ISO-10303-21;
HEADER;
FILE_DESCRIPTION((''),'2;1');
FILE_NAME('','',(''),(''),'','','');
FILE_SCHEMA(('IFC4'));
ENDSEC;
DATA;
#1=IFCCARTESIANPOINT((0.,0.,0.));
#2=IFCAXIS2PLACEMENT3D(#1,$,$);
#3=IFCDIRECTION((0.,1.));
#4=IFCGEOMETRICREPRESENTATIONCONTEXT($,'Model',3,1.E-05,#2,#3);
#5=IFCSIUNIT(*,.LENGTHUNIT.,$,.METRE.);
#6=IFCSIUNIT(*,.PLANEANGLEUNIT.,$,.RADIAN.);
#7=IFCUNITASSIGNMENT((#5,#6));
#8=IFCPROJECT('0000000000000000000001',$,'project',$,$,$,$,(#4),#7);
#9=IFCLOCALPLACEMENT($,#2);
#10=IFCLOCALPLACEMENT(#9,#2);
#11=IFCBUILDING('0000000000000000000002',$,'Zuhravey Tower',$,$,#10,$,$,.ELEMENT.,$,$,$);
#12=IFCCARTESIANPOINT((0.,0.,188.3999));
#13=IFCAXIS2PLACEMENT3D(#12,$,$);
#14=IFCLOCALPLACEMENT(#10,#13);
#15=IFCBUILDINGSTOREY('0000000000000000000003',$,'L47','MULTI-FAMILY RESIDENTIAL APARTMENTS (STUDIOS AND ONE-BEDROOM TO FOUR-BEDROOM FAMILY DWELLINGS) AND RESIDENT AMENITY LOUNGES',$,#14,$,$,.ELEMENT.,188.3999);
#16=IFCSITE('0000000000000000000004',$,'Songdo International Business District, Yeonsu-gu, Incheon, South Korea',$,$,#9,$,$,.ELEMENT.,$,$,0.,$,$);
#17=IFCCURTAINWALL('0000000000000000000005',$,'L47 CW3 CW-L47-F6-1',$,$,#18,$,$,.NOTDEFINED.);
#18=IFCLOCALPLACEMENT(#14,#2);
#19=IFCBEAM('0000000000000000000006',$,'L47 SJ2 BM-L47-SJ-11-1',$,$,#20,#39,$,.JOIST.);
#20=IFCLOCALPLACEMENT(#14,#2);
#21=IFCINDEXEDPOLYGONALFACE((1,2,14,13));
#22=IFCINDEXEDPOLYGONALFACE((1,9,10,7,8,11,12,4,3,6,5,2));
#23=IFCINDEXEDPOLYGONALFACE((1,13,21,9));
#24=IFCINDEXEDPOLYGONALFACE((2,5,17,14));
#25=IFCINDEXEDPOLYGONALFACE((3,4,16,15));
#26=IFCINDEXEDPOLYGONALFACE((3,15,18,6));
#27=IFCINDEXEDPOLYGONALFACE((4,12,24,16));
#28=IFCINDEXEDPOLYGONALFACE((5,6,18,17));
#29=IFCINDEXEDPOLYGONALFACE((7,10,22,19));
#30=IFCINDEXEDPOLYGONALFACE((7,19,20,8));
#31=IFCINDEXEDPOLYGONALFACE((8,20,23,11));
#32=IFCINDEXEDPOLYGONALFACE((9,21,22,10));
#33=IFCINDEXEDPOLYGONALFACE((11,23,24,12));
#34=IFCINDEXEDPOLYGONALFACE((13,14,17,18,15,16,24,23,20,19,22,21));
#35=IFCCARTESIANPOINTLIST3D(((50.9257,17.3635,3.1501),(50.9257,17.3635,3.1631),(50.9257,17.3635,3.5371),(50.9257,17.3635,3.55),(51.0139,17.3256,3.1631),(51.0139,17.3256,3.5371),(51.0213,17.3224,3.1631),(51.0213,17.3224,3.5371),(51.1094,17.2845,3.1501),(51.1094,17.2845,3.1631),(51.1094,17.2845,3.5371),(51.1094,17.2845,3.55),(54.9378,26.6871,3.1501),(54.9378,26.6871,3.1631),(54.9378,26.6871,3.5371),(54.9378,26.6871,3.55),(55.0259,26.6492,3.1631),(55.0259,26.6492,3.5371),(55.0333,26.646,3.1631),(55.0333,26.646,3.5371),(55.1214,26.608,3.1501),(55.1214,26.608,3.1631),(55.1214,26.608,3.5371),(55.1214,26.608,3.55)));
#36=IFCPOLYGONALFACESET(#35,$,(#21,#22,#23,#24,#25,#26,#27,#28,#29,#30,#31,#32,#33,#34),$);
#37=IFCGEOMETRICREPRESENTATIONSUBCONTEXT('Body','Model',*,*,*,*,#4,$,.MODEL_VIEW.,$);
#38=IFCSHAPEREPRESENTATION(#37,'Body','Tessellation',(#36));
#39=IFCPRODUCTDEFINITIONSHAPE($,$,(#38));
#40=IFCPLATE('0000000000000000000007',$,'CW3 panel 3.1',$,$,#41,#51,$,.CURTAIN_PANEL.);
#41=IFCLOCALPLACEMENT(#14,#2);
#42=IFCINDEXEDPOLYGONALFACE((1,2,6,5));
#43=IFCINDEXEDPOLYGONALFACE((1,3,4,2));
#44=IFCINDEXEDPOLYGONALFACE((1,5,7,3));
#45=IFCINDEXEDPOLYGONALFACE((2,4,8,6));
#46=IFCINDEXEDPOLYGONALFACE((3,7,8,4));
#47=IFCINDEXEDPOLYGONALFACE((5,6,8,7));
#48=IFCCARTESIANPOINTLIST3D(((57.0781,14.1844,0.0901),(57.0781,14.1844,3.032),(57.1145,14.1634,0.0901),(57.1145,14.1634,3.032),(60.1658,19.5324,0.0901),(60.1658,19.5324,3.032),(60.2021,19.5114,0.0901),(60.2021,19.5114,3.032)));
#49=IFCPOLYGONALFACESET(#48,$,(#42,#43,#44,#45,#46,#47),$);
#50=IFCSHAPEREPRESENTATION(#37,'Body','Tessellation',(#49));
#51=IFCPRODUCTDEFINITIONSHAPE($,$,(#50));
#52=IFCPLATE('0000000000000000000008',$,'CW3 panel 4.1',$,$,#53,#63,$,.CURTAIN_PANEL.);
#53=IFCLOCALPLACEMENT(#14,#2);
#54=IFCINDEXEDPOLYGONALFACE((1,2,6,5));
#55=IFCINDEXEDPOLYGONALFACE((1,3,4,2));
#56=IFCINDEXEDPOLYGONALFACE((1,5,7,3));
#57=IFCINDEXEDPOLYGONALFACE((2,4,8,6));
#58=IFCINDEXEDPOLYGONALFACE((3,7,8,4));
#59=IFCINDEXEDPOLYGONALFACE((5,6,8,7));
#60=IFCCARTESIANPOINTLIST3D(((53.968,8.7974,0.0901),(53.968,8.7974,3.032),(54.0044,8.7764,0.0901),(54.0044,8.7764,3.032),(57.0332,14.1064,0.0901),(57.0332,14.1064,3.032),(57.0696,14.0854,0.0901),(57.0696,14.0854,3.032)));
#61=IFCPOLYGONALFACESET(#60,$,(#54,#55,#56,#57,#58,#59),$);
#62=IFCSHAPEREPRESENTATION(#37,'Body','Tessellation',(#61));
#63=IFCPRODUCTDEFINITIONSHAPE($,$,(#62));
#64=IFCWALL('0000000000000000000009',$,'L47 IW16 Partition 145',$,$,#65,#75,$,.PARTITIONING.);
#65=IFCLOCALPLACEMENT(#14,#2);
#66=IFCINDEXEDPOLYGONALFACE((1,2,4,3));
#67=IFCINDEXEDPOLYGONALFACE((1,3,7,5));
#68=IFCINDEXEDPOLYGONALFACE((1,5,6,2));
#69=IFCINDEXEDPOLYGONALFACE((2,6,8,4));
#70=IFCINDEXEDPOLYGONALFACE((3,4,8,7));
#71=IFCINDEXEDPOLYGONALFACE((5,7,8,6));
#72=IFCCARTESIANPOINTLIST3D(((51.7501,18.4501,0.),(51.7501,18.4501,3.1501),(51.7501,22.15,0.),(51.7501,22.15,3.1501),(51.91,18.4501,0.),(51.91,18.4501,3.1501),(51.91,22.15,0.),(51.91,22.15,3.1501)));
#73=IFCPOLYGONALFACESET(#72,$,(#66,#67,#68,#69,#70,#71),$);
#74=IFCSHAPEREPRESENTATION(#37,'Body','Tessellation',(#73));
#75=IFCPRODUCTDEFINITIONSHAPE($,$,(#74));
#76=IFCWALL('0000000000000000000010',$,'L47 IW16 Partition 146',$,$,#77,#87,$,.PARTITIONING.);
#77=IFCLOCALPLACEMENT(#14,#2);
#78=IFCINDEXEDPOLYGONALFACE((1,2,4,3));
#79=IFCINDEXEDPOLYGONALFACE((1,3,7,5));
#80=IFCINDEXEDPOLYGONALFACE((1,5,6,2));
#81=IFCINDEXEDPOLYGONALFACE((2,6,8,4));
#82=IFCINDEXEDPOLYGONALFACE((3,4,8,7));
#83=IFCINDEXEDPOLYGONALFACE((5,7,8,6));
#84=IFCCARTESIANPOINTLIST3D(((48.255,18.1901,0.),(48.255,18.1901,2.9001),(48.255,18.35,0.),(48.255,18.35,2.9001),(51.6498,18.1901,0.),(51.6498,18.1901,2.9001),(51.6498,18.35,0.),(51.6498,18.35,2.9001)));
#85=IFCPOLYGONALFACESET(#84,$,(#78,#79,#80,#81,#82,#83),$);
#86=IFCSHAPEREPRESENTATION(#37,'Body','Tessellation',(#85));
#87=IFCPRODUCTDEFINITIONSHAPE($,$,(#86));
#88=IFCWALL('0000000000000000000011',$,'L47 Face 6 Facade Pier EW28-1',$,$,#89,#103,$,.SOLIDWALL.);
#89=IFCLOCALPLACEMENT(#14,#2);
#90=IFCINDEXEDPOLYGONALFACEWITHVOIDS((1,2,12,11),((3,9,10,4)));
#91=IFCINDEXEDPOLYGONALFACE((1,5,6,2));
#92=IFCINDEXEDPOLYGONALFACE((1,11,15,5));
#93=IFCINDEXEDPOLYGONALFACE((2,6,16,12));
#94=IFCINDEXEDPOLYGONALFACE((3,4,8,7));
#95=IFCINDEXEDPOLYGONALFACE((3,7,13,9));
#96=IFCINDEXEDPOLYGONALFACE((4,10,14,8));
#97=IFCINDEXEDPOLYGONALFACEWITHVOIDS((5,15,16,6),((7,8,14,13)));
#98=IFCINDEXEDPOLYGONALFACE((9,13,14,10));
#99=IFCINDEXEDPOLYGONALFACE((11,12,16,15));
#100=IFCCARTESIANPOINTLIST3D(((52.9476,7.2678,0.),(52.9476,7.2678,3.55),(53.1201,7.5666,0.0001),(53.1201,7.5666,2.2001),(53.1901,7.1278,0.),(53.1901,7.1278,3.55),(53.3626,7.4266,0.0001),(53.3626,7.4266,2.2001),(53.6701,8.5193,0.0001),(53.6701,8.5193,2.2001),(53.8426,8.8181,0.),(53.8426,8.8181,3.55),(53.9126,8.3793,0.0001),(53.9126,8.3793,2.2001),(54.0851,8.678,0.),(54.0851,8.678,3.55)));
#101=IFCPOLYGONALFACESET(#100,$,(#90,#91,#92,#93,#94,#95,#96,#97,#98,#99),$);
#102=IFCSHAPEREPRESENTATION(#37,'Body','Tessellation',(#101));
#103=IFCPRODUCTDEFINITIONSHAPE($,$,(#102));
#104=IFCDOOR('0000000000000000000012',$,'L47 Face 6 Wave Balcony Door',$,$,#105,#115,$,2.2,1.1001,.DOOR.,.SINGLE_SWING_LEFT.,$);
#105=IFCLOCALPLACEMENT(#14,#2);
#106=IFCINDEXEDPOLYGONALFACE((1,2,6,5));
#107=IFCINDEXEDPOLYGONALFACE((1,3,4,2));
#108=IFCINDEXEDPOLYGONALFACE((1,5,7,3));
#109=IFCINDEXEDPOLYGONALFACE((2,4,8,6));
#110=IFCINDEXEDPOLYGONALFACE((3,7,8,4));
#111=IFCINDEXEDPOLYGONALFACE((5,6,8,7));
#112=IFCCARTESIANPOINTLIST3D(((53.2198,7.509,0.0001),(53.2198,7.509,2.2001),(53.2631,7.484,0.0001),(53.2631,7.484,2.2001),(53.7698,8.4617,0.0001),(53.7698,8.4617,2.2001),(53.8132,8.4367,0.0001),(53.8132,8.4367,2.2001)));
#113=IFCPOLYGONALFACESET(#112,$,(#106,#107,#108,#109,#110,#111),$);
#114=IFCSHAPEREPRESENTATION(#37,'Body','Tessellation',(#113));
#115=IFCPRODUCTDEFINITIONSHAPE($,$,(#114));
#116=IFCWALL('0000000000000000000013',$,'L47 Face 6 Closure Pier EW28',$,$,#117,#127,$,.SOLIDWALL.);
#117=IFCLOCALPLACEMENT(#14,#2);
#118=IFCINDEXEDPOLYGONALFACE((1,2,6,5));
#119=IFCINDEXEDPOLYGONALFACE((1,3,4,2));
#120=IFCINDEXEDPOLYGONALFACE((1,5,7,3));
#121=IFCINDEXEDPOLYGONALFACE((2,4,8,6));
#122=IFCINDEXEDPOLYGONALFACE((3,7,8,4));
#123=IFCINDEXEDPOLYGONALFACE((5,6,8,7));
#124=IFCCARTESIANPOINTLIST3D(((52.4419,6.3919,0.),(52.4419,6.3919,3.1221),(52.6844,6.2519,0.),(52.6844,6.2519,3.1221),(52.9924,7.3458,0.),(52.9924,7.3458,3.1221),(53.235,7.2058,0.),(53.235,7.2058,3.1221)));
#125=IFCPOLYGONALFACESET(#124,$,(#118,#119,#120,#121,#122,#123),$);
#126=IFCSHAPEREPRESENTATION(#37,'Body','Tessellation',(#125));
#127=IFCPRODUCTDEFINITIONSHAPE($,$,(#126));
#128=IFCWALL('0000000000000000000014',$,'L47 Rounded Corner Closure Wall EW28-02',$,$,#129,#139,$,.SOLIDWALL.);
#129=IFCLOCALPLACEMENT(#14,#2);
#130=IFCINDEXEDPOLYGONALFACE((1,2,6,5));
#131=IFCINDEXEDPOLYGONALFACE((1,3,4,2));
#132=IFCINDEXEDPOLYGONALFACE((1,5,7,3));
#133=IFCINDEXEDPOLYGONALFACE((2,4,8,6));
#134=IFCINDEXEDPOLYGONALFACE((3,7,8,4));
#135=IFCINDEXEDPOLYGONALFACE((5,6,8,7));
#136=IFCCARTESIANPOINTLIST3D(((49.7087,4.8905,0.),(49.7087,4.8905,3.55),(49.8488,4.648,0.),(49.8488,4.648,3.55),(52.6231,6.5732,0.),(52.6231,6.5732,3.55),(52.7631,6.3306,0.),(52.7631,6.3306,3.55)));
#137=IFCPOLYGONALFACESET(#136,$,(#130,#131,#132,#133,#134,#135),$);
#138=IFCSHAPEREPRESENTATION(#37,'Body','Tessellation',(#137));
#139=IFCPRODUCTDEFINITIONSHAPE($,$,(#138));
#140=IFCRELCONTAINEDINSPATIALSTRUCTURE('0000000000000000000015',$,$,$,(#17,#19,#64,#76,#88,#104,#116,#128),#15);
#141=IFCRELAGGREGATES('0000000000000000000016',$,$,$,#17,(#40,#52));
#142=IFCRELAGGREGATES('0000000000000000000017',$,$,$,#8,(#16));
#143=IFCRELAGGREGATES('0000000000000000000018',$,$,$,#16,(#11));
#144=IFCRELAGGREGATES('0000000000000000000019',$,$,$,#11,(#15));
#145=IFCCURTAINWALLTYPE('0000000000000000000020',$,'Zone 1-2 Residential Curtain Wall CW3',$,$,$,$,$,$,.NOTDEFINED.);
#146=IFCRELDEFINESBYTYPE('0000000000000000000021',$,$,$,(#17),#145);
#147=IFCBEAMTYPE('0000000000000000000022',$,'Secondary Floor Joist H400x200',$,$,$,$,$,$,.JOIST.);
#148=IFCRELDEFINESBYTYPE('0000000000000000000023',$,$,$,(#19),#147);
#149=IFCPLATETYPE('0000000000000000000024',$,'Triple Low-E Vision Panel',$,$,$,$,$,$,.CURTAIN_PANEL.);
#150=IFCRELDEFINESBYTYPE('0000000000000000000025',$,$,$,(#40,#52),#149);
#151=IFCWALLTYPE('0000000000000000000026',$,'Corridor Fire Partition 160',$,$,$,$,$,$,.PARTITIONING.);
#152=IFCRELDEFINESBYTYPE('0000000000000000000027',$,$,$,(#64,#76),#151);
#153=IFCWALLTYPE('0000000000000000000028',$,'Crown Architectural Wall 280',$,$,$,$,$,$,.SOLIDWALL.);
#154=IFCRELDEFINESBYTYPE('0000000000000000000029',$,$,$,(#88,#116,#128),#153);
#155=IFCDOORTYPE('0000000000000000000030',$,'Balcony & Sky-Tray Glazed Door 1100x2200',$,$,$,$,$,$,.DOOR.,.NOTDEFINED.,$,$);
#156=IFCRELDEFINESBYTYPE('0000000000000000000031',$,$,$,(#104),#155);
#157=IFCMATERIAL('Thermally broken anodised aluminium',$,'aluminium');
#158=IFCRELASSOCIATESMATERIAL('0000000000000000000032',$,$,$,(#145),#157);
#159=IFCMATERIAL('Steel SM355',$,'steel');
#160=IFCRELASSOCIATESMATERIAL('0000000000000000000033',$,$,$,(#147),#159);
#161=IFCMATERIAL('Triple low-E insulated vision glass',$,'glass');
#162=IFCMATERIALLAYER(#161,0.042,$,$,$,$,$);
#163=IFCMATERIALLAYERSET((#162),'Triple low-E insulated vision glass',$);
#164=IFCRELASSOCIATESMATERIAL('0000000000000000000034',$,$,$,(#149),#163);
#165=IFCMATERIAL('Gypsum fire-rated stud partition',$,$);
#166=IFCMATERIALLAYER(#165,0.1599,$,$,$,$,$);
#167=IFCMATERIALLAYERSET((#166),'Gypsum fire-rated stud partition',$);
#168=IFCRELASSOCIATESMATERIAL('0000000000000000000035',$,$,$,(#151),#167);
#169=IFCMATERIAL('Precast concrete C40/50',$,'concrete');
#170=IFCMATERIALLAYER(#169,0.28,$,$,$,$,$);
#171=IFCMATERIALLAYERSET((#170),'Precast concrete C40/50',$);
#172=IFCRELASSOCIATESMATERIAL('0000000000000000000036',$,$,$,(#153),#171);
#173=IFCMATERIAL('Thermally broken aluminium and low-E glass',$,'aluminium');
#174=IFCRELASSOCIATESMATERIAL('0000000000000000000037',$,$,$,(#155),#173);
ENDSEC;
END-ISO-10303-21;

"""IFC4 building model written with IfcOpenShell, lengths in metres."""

from ifc_helpers import new_model, si_unit, direction, frame, frame_2d, origin, origin_2d, place, context, subcontext, project, spatial, rectangle, i_section, extrude, material, layer, layer_set, material_profile, profile_set, type_object, element, fill, aggregate, save


model = new_model("IFC4")

# Units and contexts
model_context = context("Model", 3, precision=1e-05, world=origin(), true_north=direction((0.0, 1.0)))
body_context = subcontext(model_context, "Body", "Model", "MODEL_VIEW")
ifc_project = project(units=[si_unit("LENGTHUNIT", "METRE"), si_unit("PLANEANGLEUNIT", "RADIAN")], contexts=[model_context])

# Site, building, storey
site_placement = place(None, origin())
site = spatial("IfcSite", under=ifc_project, at=site_placement, Name="Songdo International Business District, Yeonsu-gu, Incheon, South Korea", CompositionType="ELEMENT", RefElevation=0.0)
building_placement = place(site_placement, origin())
building = spatial("IfcBuilding", under=site, at=building_placement, Name="Zuhravey Tower", CompositionType="ELEMENT")
storey_placement = place(building_placement, frame((0.0, 0.0, 188.3999)))
storey = spatial("IfcBuildingStorey", under=building, at=storey_placement, Name="L47", Description="MULTI-FAMILY RESIDENTIAL APARTMENTS (STUDIOS AND ONE-BEDROOM TO FOUR-BEDROOM FAMILY DWELLINGS) AND RESIDENT AMENITY LOUNGES", CompositionType="ELEMENT", Elevation=188.3999)

# Curtain wall
ifc_material_1 = material(Name="Thermally broken anodised aluminium", Category="aluminium")
curtain_wall_type = type_object("IfcCurtainWallType", Name="Zone 1-2 Residential Curtain Wall CW3", PredefinedType="NOTDEFINED", material=ifc_material_1)
curtain_wall_1_placement = place(storey_placement, origin())
curtain_wall_1 = element("IfcCurtainWall", 1, at=curtain_wall_1_placement, inside=storey, type_object=curtain_wall_type, Name="L47 CW3 CW-L47-F6-1", PredefinedType="NOTDEFINED")

# Beam
ifc_material_2 = material(Name="Steel SM355", Category="steel")
ifc_material_profile_1 = material_profile(ifc_material_2, i_section(OverallWidth=0.2, OverallDepth=0.3999, WebThickness=0.0081, FlangeThickness=0.0129, at=origin_2d()), Name="H-400x200x8x13")
ifc_profile_set_1 = profile_set([ifc_material_profile_1], Name="Steel SM355")
beam_type_1 = type_object("IfcBeamType", Name="Secondary Floor Joist H400x200", PredefinedType="JOIST", material=ifc_profile_set_1)
beam_1_placement = place(storey_placement, frame((51.0176, 17.324, 3.3501), z_axis=(0.395266, 0.918567, 0.0), x_axis=(-0.918567, 0.395266, 0.0)))
element("IfcBeam", 2, at=beam_1_placement, inside=storey, type_object=beam_type_1, Name="L47 SJ2 BM-L47-SJ-11-1", PredefinedType="JOIST", context=body_context, shape_type="SweptSolid", body=[
    extrude(i_section(OverallWidth=0.2, OverallDepth=0.3999, WebThickness=0.0081, FlangeThickness=0.0129, at=origin_2d()), origin(), (0.0, 0.0, 1.0), 10.1501),
])

# Plates
ifc_material_3 = material(Name="Triple low-E insulated vision glass", Category="glass")
ifc_layer_1 = layer(ifc_material_3, 0.042)
ifc_layer_set_1 = layer_set([ifc_layer_1], Name="Triple low-E insulated vision glass")
plate_type = type_object("IfcPlateType", Name="Triple Low-E Vision Panel", PredefinedType="CURTAIN_PANEL", material=ifc_layer_set_1)
plate_1_placement = place(storey_placement, frame((58.6401, 16.8479, 0.0901), z_axis=(0.0, 0.0, 1.0), x_axis=(-0.499999, -0.866026, 0.0)))
plate_1 = element("IfcPlate", 3, at=plate_1_placement, type_object=plate_type, Name="CW3 panel 3.1", PredefinedType="CURTAIN_PANEL", context=body_context, shape_type="SweptSolid", body=[
    extrude(rectangle(XDim=6.1753, YDim=0.042, at=origin_2d()), origin(), (0.0, 0.0, 1.0), 2.9419),
])
plate_2_placement = place(storey_placement, frame((55.5188, 11.4414, 0.0901), z_axis=(0.0, 0.0, 1.0), x_axis=(-0.499999, -0.866026, 0.0)))
plate_2 = element("IfcPlate", 4, at=plate_2_placement, type_object=plate_type, Name="CW3 panel 4.1", PredefinedType="CURTAIN_PANEL", context=body_context, shape_type="SweptSolid", body=[
    extrude(rectangle(XDim=6.1304, YDim=0.042, at=origin_2d()), origin(), (0.0, 0.0, 1.0), 2.9419),
])
aggregate(curtain_wall_1, [plate_1, plate_2])

# Walls
ifc_material_4 = material(Name="Gypsum fire-rated stud partition")
ifc_layer_2 = layer(ifc_material_4, 0.1599)
ifc_layer_set_2 = layer_set([ifc_layer_2], Name="Gypsum fire-rated stud partition")
wall_type_1 = type_object("IfcWallType", Name="Corridor Fire Partition 160", PredefinedType="PARTITIONING", material=ifc_layer_set_2)
wall_1_placement = place(storey_placement, frame((51.8301, 18.45, 0.0), z_axis=(0.0, 0.0, 1.0), x_axis=(0.0, 1.0, 0.0)))
element("IfcWall", 5, at=wall_1_placement, inside=storey, type_object=wall_type_1, Name="L47 IW16 Partition 145", PredefinedType="PARTITIONING", context=body_context, shape_type="SweptSolid", body=[
    extrude(rectangle(XDim=3.7, YDim=0.1599, at=frame_2d((1.8501, 0.0))), origin(), (0.0, 0.0, 1.0), 3.1501),
])
wall_2_placement = place(storey_placement, frame((48.2551, 18.27, 0.0), z_axis=(0.0, 0.0, 1.0), x_axis=(1.0, 0.0, 0.0)))
element("IfcWall", 6, at=wall_2_placement, inside=storey, type_object=wall_type_1, Name="L47 IW16 Partition 146", PredefinedType="PARTITIONING", context=body_context, shape_type="SweptSolid", body=[
    extrude(rectangle(XDim=3.3948, YDim=0.1599, at=frame_2d((1.6973, 0.0))), origin(), (0.0, 0.0, 1.0), 2.9001),
])

# Wall, opening, door
ifc_material_5 = material(Name="Precast concrete C40/50", Category="concrete")
ifc_layer_3 = layer(ifc_material_5, 0.28)
ifc_layer_set_3 = layer_set([ifc_layer_3], Name="Precast concrete C40/50")
wall_type_2 = type_object("IfcWallType", Name="Crown Architectural Wall 280", PredefinedType="SOLIDWALL", material=ifc_layer_set_3)
wall_3_placement = place(storey_placement, frame((53.9639, 8.748, 0.0), z_axis=(0.0, 0.0, 1.0), x_axis=(-0.499982, -0.866036, 0.0)))
wall_3 = element("IfcWall", 7, at=wall_3_placement, inside=storey, type_object=wall_type_2, Name="L47 Face 6 Facade Pier EW28-1", PredefinedType="SOLIDWALL", context=body_context, shape_type="SweptSolid", body=[
    extrude(rectangle(XDim=1.79, YDim=0.28, at=frame_2d((0.895, 0.0))), origin(), (0.0, 0.0, 1.0), 3.55),
])
opening_1_placement = place(wall_3_placement, frame((0.345, 0.0, 0.0)))
opening_1 = element("IfcOpeningElement", 8, at=opening_1_placement, cuts=wall_3, PredefinedType="OPENING", context=body_context, shape_type="SweptSolid", body=[
    extrude(rectangle(XDim=1.1001, YDim=2.2, at=frame_2d((0.55, 1.1001))), frame((0.0, 0.1521, 0.0), z_axis=(0.0, -1.0, 0.0), x_axis=(1.0, 0.0, 0.0)), (0.0, 0.0, 1.0), 0.304),
])
ifc_material_6 = material(Name="Thermally broken aluminium and low-E glass", Category="aluminium")
door_type_1 = type_object("IfcDoorType", Name="Balcony & Sky-Tray Glazed Door 1100x2200", OperationType="NOTDEFINED", PredefinedType="DOOR", material=ifc_material_6)
door_1_placement = place(opening_1_placement, frame((1.1001, 0.0, 0.0), z_axis=(0.0, 0.0, 1.0), x_axis=(-1.0, 0.0, 0.0)))
door_1 = element("IfcDoor", 9, at=door_1_placement, inside=storey, type_object=door_type_1, Name="L47 Face 6 Wave Balcony Door", OperationType="SINGLE_SWING_LEFT", OverallHeight=2.2, OverallWidth=1.1001, PredefinedType="DOOR", context=body_context, shape_type="SweptSolid", body=[
    extrude(rectangle(XDim=1.1001, YDim=2.2, at=frame_2d((0.55, 1.1001))), frame((0.0, 0.0249, 0.0), z_axis=(0.0, -1.0, 0.0), x_axis=(1.0, 0.0, 0.0)), (0.0, 0.0, 1.0), 0.05),
])
fill(opening_1, door_1)

# Walls
wall_4_placement = place(storey_placement, frame((53.1138, 7.2759, 0.0), z_axis=(0.0, 0.0, 1.0), x_axis=(-0.499882, -0.866093, 0.0)))
element("IfcWall", 10, at=wall_4_placement, inside=storey, type_object=wall_type_2, Name="L47 Face 6 Closure Pier EW28", PredefinedType="SOLIDWALL", context=body_context, shape_type="SweptSolid", body=[
    extrude(rectangle(XDim=1.1013, YDim=0.28, at=frame_2d((0.5508, 0.0))), origin(), (0.0, 0.0, 1.0), 3.1221),
])
wall_5_placement = place(storey_placement, frame((52.6931, 6.4519, 0.0), z_axis=(0.0, 0.0, 1.0), x_axis=(-0.86602, -0.500009, 0.0)))
element("IfcWall", 11, at=wall_5_placement, inside=storey, type_object=wall_type_2, Name="L47 Rounded Corner Closure Wall EW28-02", PredefinedType="SOLIDWALL", context=body_context, shape_type="SweptSolid", body=[
    extrude(rectangle(XDim=3.3652, YDim=0.28, at=frame_2d((1.6826, 0.0))), origin(), (0.0, 0.0, 1.0), 3.55),
])

save(model, "model.ifc")
